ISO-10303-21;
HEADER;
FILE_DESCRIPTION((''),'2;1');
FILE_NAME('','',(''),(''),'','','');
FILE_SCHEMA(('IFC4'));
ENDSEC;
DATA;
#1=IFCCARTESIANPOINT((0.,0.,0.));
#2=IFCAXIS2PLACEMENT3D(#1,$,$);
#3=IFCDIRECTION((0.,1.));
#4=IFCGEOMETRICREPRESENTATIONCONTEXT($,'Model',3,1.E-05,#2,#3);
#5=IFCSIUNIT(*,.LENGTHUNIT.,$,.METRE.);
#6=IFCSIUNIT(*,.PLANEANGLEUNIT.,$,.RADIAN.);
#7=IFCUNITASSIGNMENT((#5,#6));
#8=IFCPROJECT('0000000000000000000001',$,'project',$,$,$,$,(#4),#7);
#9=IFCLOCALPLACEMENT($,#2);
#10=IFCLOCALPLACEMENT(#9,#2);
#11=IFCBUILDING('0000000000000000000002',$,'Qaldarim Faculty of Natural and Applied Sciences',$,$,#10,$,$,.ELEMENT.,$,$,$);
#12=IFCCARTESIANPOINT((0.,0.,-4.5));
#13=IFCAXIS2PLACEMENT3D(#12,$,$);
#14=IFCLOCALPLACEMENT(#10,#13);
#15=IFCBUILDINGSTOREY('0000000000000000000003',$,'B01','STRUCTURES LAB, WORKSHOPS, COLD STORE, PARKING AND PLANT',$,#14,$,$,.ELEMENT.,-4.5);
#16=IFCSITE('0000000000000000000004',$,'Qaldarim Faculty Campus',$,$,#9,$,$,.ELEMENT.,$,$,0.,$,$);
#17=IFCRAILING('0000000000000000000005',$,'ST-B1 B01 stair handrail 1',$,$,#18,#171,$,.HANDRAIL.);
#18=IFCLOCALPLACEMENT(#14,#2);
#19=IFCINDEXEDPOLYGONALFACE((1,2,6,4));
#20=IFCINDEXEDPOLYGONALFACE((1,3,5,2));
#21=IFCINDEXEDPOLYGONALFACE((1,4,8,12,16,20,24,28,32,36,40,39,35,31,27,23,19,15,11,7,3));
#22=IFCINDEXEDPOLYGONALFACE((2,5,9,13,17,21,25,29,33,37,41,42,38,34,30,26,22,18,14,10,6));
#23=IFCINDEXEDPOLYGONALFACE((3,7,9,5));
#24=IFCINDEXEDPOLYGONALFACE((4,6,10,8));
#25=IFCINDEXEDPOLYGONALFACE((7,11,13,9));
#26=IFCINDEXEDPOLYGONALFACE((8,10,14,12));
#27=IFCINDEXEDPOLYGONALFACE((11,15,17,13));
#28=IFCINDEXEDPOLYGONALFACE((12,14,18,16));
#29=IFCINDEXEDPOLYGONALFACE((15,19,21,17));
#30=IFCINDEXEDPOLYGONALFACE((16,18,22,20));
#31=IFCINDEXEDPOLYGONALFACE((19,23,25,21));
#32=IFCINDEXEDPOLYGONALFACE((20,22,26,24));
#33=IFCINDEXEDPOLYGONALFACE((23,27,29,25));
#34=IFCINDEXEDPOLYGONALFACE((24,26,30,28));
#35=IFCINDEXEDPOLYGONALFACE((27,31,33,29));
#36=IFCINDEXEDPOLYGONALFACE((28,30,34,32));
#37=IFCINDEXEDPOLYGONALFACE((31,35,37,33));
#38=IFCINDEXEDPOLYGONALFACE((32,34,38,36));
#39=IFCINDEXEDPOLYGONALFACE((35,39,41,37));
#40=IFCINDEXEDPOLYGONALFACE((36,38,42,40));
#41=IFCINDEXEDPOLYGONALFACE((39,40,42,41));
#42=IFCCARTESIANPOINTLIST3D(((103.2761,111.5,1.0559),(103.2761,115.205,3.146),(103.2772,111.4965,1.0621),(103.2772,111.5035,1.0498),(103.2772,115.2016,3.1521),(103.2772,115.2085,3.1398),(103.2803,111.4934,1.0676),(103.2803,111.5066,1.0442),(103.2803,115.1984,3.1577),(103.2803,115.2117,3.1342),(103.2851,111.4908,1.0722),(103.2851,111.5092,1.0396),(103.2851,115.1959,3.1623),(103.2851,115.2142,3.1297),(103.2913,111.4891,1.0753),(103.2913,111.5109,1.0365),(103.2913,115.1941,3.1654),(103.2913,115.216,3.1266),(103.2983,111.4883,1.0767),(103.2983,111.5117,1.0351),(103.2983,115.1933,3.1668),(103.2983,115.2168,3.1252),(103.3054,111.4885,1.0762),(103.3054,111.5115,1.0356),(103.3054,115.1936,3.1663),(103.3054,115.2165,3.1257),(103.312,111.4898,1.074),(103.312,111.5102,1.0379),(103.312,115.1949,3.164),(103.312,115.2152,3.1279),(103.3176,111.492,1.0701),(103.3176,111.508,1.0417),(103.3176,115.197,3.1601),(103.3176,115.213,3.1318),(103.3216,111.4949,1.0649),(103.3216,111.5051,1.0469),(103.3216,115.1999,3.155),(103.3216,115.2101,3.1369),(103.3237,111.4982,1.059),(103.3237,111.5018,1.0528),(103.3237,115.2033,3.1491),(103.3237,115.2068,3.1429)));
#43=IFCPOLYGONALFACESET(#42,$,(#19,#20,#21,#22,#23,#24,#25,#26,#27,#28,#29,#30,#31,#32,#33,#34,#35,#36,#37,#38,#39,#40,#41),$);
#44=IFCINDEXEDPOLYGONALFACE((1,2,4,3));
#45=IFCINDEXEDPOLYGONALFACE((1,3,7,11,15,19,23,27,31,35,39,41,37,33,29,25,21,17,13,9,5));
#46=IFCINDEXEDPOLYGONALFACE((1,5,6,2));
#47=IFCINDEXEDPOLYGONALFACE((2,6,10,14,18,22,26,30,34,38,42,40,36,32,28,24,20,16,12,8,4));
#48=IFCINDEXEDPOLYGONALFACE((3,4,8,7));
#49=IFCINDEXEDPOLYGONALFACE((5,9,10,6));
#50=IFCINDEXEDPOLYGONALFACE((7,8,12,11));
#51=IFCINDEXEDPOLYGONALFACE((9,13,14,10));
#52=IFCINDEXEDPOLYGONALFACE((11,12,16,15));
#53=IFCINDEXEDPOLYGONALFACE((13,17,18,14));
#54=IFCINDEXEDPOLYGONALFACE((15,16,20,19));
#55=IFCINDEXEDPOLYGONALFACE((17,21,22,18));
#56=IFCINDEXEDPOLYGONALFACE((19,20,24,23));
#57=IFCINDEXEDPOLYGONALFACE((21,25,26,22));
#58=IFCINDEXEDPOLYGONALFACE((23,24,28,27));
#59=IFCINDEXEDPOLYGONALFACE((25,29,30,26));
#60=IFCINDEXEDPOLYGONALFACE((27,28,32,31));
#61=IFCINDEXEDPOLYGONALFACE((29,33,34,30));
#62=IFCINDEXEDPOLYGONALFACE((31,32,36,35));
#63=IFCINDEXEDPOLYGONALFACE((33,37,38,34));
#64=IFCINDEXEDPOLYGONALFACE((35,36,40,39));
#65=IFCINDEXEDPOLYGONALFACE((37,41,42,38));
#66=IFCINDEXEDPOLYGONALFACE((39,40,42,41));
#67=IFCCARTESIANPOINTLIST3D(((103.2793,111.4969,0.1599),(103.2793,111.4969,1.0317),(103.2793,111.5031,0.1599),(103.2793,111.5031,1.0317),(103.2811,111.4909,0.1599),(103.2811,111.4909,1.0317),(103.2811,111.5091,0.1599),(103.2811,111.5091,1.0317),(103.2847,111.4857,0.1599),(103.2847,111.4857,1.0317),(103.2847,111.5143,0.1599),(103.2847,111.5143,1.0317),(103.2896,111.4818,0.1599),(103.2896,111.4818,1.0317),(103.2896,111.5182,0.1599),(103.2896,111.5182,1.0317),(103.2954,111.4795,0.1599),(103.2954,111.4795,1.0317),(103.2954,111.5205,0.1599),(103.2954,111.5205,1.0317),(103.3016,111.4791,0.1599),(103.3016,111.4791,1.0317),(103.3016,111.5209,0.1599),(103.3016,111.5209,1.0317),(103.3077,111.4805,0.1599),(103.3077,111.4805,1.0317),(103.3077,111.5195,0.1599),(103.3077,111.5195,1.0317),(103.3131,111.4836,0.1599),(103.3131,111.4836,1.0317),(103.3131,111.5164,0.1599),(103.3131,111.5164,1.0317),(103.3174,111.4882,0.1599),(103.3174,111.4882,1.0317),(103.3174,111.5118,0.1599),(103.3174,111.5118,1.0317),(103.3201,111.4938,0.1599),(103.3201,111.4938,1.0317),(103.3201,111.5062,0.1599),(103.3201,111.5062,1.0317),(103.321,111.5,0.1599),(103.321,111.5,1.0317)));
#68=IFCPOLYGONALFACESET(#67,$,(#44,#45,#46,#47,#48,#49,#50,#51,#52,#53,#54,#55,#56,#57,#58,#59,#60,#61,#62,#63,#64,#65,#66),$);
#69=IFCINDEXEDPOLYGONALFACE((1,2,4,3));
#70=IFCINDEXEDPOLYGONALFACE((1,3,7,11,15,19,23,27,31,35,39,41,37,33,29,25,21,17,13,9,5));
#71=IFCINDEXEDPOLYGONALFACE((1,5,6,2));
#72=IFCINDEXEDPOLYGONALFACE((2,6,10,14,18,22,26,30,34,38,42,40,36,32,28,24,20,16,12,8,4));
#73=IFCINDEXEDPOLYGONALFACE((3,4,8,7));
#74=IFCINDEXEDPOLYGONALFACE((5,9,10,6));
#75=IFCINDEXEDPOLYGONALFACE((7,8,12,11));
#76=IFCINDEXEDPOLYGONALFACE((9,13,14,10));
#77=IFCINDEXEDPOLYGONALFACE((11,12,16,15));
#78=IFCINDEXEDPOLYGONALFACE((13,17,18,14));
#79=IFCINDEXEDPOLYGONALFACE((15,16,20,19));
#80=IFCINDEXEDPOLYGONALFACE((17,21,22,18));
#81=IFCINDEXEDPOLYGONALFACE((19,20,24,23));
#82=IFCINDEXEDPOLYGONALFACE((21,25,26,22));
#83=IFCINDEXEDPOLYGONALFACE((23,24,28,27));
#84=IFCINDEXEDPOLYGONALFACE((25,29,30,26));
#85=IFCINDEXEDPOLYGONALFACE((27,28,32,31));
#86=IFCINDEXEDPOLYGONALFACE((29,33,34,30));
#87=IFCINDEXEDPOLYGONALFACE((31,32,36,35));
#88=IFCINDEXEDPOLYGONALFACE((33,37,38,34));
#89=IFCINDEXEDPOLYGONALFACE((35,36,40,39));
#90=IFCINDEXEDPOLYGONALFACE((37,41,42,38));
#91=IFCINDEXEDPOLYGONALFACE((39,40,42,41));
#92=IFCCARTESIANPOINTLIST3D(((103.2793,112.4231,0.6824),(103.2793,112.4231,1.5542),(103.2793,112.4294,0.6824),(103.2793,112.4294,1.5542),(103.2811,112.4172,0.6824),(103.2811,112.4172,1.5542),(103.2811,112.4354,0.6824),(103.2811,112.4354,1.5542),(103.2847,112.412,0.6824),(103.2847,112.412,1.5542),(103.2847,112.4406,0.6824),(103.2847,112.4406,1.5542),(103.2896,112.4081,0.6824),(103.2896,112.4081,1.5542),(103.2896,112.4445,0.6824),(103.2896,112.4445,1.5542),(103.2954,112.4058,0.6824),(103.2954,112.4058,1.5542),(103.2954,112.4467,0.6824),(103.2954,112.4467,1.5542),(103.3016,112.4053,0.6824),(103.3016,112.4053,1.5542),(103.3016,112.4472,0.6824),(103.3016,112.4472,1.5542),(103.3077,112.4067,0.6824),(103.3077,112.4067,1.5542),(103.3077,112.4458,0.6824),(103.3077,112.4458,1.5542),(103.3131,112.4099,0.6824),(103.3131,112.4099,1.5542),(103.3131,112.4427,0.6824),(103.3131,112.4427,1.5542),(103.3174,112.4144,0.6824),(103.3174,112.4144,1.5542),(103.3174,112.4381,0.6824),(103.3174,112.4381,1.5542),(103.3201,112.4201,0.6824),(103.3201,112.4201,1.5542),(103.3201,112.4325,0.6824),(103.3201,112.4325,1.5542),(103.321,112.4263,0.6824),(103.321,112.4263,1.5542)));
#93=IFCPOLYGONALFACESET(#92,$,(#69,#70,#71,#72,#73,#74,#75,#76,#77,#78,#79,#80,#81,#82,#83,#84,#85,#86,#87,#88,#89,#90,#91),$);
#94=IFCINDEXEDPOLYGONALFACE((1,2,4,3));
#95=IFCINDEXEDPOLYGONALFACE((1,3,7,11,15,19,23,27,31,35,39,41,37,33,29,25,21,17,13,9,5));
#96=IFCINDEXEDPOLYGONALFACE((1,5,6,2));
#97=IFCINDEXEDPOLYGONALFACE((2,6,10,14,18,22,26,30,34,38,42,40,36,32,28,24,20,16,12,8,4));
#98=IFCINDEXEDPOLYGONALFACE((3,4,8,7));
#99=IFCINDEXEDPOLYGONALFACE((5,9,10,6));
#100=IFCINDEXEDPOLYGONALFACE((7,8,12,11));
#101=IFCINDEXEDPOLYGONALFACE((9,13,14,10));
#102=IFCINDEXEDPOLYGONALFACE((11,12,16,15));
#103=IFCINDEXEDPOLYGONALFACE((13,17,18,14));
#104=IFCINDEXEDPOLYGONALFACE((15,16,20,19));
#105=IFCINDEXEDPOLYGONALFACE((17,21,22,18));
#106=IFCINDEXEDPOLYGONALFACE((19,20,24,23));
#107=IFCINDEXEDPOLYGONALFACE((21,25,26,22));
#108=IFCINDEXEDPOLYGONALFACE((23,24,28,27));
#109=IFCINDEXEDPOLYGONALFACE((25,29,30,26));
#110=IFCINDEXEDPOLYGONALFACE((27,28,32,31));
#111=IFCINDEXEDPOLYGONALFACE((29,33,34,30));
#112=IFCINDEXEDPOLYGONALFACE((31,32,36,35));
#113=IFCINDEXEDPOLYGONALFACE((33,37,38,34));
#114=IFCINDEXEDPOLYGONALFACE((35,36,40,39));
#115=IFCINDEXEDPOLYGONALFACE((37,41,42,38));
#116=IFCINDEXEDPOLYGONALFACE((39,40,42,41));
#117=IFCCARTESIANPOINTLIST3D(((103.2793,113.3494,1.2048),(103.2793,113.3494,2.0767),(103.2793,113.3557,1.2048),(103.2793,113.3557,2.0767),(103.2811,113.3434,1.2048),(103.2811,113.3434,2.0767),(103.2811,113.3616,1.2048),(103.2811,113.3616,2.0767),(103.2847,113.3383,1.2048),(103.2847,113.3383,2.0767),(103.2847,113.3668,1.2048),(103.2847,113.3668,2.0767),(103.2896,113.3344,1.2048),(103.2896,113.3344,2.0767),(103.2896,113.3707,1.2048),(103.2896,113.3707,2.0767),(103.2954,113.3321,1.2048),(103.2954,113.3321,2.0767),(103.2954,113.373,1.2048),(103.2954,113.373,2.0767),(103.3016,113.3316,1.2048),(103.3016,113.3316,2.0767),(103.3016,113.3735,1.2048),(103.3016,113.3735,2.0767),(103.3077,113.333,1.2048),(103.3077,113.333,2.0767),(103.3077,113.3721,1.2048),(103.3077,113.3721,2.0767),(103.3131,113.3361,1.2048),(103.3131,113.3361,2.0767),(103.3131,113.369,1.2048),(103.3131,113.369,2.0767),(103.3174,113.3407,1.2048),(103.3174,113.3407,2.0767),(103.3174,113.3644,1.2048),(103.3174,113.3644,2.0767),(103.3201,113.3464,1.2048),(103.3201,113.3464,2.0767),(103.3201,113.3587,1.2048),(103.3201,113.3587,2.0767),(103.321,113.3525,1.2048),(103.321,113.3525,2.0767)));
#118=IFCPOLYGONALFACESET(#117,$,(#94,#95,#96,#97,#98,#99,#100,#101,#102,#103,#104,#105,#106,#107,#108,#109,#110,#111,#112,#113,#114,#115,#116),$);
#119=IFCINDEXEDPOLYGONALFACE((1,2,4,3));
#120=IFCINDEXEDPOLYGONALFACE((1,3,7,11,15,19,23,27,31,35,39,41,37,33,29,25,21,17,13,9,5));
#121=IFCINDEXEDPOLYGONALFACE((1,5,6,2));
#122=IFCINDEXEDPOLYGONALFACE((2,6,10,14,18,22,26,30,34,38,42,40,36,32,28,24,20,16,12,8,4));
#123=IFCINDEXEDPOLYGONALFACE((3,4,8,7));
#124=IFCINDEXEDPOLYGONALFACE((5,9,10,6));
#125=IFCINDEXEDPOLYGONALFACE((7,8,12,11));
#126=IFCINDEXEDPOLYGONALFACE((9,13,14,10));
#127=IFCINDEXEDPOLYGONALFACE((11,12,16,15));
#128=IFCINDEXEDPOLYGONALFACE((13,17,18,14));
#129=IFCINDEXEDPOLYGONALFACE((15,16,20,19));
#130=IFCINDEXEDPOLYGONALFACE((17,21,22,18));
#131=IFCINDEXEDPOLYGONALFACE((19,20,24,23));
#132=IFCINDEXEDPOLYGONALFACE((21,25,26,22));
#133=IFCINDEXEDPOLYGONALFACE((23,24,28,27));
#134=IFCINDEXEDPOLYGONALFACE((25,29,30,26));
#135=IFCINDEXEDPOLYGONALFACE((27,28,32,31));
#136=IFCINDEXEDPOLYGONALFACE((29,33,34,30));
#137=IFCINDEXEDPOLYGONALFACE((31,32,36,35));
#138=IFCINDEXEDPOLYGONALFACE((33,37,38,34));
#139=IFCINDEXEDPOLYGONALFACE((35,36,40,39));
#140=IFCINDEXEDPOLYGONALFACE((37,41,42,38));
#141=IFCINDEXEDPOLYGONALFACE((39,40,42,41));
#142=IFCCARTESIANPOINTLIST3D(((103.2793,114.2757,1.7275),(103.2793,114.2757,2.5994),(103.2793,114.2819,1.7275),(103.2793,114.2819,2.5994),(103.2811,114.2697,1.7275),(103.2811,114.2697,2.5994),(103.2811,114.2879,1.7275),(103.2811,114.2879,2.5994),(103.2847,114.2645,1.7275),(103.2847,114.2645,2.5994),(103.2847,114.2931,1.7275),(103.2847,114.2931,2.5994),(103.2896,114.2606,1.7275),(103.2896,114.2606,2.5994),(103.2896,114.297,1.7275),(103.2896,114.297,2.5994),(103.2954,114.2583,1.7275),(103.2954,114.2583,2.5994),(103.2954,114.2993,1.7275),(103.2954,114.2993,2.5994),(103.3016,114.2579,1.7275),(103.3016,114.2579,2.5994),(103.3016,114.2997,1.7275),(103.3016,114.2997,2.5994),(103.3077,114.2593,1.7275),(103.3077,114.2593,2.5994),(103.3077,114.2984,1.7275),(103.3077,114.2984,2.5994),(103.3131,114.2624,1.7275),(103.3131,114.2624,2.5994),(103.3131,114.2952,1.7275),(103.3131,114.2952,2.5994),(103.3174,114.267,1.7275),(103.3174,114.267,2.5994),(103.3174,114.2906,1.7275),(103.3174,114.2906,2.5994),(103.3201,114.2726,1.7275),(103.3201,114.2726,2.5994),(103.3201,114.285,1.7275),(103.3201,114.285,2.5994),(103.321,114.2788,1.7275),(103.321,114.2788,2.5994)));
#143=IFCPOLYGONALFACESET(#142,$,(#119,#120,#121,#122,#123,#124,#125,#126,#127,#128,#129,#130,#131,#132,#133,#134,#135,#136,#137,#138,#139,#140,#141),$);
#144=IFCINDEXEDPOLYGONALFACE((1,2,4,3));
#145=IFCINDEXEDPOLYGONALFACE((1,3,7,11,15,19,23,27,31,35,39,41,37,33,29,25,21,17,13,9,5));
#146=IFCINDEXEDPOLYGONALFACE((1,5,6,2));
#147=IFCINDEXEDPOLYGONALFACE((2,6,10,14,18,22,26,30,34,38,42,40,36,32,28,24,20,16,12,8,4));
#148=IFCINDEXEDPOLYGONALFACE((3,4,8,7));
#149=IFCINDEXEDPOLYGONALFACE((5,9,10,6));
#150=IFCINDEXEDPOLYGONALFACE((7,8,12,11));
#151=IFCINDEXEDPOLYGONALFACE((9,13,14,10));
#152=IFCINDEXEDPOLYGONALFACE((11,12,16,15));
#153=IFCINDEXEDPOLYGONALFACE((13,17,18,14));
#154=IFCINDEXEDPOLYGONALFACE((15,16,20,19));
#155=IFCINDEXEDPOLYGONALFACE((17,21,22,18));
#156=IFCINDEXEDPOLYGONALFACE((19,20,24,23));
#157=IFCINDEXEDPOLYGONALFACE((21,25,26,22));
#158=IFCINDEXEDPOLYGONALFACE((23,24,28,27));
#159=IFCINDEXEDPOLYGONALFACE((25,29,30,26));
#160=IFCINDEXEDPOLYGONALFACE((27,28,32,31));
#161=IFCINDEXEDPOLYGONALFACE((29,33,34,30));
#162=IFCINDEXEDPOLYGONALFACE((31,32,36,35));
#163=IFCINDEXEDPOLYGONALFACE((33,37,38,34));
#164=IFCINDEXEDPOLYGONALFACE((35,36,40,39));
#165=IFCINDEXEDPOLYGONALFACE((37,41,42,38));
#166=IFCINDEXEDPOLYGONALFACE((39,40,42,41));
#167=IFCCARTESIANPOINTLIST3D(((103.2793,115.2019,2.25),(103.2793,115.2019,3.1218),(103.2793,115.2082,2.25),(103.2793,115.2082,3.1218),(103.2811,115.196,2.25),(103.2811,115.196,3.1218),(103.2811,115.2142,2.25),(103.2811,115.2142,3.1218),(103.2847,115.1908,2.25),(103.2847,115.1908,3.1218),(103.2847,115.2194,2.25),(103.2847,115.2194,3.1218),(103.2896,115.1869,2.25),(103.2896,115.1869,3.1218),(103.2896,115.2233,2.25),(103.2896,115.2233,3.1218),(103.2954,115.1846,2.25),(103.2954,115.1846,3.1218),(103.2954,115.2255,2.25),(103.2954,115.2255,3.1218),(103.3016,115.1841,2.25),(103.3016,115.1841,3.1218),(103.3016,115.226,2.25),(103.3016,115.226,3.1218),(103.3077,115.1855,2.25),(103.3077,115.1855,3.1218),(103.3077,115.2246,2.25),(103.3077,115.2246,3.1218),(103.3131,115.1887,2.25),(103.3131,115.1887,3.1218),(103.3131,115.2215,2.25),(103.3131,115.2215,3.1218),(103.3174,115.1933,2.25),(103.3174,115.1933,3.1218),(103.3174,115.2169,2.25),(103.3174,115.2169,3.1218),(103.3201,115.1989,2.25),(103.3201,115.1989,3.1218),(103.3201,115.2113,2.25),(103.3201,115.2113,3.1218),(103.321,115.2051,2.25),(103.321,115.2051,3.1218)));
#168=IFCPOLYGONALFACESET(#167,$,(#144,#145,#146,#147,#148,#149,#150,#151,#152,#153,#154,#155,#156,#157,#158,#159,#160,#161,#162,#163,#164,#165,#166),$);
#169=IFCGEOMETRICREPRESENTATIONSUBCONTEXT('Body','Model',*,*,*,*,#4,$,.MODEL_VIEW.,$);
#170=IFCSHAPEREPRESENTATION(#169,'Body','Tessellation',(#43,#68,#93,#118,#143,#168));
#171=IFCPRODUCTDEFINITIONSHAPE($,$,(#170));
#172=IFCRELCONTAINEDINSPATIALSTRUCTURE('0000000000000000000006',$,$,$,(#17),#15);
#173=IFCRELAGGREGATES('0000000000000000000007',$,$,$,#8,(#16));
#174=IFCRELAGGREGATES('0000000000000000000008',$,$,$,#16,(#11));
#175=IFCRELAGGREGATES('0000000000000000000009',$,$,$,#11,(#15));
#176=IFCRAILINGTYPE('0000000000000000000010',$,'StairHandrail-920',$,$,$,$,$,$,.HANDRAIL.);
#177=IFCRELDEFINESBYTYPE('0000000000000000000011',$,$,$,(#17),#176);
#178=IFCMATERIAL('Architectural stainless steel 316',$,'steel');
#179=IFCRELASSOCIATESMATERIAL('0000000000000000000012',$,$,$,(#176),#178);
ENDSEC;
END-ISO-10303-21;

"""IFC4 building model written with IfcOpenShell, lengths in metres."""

from ifc_helpers import new_model, si_unit, direction, frame, origin, origin_2d, place, context, subcontext, project, spatial, circle, extrude, material, type_object, element, save


model = new_model("IFC4")

# Units and contexts
model_context = context("Model", 3, precision=1e-05, world=origin(), true_north=direction((0.0, 1.0)))
body_context = subcontext(model_context, "Body", "Model", "MODEL_VIEW")
ifc_project = project(units=[si_unit("LENGTHUNIT", "METRE"), si_unit("PLANEANGLEUNIT", "RADIAN")], contexts=[model_context])

# Site, building, storey
site_placement = place(None, origin())
site = spatial("IfcSite", under=ifc_project, at=site_placement, Name="Qaldarim Faculty Campus", CompositionType="ELEMENT", RefElevation=0.0)
building_placement = place(site_placement, origin())
building = spatial("IfcBuilding", under=site, at=building_placement, Name="Qaldarim Faculty of Natural and Applied Sciences", CompositionType="ELEMENT")
storey_placement = place(building_placement, frame((0.0, 0.0, -4.5)))
storey = spatial("IfcBuildingStorey", under=building, at=storey_placement, Name="B01", Description="STRUCTURES LAB, WORKSHOPS, COLD STORE, PARKING AND PLANT", CompositionType="ELEMENT", Elevation=-4.5)

# Shared definitions
ifc_material_1 = material(Name="Architectural stainless steel 316", Category="steel")

# Railing
railing_type_1 = type_object("IfcRailingType", Name="StairHandrail-920", PredefinedType="HANDRAIL", material=ifc_material_1)
railing_1_placement = place(storey_placement, frame((103.3, 111.5, 0.1599)))
element("IfcRailing", 1, at=railing_1_placement, inside=storey, type_object=railing_type_1, Name="ST-B1 B01 stair handrail 1", PredefinedType="HANDRAIL", context=body_context, shape_type="SweptSolid", body=[
    extrude(circle(Radius=0.0239, at=origin_2d()), frame((0.0, 0.0, 0.896), z_axis=(0.0, 0.870974, 0.491329), x_axis=(-1.0, 0.0, 0.0)), (0.0, 0.0, 1.0), 4.2539),
    extrude(circle(Radius=0.021, at=origin_2d()), origin(), (0.0, 0.0, 1.0), 0.8718),
    extrude(circle(Radius=0.021, at=origin_2d()), frame((0.0, 0.9263, 0.5225)), (0.0, 0.0, 1.0), 0.8718),
    extrude(circle(Radius=0.021, at=origin_2d()), frame((0.0, 1.8525, 1.0449)), (0.0, 0.0, 1.0), 0.8718),
    extrude(circle(Radius=0.021, at=origin_2d()), frame((0.0, 2.7788, 1.5676)), (0.0, 0.0, 1.0), 0.8718),
    extrude(circle(Radius=0.021, at=origin_2d()), frame((0.0, 3.7051, 2.0901)), (0.0, 0.0, 1.0), 0.8718),
])

save(model, "model.ifc")
